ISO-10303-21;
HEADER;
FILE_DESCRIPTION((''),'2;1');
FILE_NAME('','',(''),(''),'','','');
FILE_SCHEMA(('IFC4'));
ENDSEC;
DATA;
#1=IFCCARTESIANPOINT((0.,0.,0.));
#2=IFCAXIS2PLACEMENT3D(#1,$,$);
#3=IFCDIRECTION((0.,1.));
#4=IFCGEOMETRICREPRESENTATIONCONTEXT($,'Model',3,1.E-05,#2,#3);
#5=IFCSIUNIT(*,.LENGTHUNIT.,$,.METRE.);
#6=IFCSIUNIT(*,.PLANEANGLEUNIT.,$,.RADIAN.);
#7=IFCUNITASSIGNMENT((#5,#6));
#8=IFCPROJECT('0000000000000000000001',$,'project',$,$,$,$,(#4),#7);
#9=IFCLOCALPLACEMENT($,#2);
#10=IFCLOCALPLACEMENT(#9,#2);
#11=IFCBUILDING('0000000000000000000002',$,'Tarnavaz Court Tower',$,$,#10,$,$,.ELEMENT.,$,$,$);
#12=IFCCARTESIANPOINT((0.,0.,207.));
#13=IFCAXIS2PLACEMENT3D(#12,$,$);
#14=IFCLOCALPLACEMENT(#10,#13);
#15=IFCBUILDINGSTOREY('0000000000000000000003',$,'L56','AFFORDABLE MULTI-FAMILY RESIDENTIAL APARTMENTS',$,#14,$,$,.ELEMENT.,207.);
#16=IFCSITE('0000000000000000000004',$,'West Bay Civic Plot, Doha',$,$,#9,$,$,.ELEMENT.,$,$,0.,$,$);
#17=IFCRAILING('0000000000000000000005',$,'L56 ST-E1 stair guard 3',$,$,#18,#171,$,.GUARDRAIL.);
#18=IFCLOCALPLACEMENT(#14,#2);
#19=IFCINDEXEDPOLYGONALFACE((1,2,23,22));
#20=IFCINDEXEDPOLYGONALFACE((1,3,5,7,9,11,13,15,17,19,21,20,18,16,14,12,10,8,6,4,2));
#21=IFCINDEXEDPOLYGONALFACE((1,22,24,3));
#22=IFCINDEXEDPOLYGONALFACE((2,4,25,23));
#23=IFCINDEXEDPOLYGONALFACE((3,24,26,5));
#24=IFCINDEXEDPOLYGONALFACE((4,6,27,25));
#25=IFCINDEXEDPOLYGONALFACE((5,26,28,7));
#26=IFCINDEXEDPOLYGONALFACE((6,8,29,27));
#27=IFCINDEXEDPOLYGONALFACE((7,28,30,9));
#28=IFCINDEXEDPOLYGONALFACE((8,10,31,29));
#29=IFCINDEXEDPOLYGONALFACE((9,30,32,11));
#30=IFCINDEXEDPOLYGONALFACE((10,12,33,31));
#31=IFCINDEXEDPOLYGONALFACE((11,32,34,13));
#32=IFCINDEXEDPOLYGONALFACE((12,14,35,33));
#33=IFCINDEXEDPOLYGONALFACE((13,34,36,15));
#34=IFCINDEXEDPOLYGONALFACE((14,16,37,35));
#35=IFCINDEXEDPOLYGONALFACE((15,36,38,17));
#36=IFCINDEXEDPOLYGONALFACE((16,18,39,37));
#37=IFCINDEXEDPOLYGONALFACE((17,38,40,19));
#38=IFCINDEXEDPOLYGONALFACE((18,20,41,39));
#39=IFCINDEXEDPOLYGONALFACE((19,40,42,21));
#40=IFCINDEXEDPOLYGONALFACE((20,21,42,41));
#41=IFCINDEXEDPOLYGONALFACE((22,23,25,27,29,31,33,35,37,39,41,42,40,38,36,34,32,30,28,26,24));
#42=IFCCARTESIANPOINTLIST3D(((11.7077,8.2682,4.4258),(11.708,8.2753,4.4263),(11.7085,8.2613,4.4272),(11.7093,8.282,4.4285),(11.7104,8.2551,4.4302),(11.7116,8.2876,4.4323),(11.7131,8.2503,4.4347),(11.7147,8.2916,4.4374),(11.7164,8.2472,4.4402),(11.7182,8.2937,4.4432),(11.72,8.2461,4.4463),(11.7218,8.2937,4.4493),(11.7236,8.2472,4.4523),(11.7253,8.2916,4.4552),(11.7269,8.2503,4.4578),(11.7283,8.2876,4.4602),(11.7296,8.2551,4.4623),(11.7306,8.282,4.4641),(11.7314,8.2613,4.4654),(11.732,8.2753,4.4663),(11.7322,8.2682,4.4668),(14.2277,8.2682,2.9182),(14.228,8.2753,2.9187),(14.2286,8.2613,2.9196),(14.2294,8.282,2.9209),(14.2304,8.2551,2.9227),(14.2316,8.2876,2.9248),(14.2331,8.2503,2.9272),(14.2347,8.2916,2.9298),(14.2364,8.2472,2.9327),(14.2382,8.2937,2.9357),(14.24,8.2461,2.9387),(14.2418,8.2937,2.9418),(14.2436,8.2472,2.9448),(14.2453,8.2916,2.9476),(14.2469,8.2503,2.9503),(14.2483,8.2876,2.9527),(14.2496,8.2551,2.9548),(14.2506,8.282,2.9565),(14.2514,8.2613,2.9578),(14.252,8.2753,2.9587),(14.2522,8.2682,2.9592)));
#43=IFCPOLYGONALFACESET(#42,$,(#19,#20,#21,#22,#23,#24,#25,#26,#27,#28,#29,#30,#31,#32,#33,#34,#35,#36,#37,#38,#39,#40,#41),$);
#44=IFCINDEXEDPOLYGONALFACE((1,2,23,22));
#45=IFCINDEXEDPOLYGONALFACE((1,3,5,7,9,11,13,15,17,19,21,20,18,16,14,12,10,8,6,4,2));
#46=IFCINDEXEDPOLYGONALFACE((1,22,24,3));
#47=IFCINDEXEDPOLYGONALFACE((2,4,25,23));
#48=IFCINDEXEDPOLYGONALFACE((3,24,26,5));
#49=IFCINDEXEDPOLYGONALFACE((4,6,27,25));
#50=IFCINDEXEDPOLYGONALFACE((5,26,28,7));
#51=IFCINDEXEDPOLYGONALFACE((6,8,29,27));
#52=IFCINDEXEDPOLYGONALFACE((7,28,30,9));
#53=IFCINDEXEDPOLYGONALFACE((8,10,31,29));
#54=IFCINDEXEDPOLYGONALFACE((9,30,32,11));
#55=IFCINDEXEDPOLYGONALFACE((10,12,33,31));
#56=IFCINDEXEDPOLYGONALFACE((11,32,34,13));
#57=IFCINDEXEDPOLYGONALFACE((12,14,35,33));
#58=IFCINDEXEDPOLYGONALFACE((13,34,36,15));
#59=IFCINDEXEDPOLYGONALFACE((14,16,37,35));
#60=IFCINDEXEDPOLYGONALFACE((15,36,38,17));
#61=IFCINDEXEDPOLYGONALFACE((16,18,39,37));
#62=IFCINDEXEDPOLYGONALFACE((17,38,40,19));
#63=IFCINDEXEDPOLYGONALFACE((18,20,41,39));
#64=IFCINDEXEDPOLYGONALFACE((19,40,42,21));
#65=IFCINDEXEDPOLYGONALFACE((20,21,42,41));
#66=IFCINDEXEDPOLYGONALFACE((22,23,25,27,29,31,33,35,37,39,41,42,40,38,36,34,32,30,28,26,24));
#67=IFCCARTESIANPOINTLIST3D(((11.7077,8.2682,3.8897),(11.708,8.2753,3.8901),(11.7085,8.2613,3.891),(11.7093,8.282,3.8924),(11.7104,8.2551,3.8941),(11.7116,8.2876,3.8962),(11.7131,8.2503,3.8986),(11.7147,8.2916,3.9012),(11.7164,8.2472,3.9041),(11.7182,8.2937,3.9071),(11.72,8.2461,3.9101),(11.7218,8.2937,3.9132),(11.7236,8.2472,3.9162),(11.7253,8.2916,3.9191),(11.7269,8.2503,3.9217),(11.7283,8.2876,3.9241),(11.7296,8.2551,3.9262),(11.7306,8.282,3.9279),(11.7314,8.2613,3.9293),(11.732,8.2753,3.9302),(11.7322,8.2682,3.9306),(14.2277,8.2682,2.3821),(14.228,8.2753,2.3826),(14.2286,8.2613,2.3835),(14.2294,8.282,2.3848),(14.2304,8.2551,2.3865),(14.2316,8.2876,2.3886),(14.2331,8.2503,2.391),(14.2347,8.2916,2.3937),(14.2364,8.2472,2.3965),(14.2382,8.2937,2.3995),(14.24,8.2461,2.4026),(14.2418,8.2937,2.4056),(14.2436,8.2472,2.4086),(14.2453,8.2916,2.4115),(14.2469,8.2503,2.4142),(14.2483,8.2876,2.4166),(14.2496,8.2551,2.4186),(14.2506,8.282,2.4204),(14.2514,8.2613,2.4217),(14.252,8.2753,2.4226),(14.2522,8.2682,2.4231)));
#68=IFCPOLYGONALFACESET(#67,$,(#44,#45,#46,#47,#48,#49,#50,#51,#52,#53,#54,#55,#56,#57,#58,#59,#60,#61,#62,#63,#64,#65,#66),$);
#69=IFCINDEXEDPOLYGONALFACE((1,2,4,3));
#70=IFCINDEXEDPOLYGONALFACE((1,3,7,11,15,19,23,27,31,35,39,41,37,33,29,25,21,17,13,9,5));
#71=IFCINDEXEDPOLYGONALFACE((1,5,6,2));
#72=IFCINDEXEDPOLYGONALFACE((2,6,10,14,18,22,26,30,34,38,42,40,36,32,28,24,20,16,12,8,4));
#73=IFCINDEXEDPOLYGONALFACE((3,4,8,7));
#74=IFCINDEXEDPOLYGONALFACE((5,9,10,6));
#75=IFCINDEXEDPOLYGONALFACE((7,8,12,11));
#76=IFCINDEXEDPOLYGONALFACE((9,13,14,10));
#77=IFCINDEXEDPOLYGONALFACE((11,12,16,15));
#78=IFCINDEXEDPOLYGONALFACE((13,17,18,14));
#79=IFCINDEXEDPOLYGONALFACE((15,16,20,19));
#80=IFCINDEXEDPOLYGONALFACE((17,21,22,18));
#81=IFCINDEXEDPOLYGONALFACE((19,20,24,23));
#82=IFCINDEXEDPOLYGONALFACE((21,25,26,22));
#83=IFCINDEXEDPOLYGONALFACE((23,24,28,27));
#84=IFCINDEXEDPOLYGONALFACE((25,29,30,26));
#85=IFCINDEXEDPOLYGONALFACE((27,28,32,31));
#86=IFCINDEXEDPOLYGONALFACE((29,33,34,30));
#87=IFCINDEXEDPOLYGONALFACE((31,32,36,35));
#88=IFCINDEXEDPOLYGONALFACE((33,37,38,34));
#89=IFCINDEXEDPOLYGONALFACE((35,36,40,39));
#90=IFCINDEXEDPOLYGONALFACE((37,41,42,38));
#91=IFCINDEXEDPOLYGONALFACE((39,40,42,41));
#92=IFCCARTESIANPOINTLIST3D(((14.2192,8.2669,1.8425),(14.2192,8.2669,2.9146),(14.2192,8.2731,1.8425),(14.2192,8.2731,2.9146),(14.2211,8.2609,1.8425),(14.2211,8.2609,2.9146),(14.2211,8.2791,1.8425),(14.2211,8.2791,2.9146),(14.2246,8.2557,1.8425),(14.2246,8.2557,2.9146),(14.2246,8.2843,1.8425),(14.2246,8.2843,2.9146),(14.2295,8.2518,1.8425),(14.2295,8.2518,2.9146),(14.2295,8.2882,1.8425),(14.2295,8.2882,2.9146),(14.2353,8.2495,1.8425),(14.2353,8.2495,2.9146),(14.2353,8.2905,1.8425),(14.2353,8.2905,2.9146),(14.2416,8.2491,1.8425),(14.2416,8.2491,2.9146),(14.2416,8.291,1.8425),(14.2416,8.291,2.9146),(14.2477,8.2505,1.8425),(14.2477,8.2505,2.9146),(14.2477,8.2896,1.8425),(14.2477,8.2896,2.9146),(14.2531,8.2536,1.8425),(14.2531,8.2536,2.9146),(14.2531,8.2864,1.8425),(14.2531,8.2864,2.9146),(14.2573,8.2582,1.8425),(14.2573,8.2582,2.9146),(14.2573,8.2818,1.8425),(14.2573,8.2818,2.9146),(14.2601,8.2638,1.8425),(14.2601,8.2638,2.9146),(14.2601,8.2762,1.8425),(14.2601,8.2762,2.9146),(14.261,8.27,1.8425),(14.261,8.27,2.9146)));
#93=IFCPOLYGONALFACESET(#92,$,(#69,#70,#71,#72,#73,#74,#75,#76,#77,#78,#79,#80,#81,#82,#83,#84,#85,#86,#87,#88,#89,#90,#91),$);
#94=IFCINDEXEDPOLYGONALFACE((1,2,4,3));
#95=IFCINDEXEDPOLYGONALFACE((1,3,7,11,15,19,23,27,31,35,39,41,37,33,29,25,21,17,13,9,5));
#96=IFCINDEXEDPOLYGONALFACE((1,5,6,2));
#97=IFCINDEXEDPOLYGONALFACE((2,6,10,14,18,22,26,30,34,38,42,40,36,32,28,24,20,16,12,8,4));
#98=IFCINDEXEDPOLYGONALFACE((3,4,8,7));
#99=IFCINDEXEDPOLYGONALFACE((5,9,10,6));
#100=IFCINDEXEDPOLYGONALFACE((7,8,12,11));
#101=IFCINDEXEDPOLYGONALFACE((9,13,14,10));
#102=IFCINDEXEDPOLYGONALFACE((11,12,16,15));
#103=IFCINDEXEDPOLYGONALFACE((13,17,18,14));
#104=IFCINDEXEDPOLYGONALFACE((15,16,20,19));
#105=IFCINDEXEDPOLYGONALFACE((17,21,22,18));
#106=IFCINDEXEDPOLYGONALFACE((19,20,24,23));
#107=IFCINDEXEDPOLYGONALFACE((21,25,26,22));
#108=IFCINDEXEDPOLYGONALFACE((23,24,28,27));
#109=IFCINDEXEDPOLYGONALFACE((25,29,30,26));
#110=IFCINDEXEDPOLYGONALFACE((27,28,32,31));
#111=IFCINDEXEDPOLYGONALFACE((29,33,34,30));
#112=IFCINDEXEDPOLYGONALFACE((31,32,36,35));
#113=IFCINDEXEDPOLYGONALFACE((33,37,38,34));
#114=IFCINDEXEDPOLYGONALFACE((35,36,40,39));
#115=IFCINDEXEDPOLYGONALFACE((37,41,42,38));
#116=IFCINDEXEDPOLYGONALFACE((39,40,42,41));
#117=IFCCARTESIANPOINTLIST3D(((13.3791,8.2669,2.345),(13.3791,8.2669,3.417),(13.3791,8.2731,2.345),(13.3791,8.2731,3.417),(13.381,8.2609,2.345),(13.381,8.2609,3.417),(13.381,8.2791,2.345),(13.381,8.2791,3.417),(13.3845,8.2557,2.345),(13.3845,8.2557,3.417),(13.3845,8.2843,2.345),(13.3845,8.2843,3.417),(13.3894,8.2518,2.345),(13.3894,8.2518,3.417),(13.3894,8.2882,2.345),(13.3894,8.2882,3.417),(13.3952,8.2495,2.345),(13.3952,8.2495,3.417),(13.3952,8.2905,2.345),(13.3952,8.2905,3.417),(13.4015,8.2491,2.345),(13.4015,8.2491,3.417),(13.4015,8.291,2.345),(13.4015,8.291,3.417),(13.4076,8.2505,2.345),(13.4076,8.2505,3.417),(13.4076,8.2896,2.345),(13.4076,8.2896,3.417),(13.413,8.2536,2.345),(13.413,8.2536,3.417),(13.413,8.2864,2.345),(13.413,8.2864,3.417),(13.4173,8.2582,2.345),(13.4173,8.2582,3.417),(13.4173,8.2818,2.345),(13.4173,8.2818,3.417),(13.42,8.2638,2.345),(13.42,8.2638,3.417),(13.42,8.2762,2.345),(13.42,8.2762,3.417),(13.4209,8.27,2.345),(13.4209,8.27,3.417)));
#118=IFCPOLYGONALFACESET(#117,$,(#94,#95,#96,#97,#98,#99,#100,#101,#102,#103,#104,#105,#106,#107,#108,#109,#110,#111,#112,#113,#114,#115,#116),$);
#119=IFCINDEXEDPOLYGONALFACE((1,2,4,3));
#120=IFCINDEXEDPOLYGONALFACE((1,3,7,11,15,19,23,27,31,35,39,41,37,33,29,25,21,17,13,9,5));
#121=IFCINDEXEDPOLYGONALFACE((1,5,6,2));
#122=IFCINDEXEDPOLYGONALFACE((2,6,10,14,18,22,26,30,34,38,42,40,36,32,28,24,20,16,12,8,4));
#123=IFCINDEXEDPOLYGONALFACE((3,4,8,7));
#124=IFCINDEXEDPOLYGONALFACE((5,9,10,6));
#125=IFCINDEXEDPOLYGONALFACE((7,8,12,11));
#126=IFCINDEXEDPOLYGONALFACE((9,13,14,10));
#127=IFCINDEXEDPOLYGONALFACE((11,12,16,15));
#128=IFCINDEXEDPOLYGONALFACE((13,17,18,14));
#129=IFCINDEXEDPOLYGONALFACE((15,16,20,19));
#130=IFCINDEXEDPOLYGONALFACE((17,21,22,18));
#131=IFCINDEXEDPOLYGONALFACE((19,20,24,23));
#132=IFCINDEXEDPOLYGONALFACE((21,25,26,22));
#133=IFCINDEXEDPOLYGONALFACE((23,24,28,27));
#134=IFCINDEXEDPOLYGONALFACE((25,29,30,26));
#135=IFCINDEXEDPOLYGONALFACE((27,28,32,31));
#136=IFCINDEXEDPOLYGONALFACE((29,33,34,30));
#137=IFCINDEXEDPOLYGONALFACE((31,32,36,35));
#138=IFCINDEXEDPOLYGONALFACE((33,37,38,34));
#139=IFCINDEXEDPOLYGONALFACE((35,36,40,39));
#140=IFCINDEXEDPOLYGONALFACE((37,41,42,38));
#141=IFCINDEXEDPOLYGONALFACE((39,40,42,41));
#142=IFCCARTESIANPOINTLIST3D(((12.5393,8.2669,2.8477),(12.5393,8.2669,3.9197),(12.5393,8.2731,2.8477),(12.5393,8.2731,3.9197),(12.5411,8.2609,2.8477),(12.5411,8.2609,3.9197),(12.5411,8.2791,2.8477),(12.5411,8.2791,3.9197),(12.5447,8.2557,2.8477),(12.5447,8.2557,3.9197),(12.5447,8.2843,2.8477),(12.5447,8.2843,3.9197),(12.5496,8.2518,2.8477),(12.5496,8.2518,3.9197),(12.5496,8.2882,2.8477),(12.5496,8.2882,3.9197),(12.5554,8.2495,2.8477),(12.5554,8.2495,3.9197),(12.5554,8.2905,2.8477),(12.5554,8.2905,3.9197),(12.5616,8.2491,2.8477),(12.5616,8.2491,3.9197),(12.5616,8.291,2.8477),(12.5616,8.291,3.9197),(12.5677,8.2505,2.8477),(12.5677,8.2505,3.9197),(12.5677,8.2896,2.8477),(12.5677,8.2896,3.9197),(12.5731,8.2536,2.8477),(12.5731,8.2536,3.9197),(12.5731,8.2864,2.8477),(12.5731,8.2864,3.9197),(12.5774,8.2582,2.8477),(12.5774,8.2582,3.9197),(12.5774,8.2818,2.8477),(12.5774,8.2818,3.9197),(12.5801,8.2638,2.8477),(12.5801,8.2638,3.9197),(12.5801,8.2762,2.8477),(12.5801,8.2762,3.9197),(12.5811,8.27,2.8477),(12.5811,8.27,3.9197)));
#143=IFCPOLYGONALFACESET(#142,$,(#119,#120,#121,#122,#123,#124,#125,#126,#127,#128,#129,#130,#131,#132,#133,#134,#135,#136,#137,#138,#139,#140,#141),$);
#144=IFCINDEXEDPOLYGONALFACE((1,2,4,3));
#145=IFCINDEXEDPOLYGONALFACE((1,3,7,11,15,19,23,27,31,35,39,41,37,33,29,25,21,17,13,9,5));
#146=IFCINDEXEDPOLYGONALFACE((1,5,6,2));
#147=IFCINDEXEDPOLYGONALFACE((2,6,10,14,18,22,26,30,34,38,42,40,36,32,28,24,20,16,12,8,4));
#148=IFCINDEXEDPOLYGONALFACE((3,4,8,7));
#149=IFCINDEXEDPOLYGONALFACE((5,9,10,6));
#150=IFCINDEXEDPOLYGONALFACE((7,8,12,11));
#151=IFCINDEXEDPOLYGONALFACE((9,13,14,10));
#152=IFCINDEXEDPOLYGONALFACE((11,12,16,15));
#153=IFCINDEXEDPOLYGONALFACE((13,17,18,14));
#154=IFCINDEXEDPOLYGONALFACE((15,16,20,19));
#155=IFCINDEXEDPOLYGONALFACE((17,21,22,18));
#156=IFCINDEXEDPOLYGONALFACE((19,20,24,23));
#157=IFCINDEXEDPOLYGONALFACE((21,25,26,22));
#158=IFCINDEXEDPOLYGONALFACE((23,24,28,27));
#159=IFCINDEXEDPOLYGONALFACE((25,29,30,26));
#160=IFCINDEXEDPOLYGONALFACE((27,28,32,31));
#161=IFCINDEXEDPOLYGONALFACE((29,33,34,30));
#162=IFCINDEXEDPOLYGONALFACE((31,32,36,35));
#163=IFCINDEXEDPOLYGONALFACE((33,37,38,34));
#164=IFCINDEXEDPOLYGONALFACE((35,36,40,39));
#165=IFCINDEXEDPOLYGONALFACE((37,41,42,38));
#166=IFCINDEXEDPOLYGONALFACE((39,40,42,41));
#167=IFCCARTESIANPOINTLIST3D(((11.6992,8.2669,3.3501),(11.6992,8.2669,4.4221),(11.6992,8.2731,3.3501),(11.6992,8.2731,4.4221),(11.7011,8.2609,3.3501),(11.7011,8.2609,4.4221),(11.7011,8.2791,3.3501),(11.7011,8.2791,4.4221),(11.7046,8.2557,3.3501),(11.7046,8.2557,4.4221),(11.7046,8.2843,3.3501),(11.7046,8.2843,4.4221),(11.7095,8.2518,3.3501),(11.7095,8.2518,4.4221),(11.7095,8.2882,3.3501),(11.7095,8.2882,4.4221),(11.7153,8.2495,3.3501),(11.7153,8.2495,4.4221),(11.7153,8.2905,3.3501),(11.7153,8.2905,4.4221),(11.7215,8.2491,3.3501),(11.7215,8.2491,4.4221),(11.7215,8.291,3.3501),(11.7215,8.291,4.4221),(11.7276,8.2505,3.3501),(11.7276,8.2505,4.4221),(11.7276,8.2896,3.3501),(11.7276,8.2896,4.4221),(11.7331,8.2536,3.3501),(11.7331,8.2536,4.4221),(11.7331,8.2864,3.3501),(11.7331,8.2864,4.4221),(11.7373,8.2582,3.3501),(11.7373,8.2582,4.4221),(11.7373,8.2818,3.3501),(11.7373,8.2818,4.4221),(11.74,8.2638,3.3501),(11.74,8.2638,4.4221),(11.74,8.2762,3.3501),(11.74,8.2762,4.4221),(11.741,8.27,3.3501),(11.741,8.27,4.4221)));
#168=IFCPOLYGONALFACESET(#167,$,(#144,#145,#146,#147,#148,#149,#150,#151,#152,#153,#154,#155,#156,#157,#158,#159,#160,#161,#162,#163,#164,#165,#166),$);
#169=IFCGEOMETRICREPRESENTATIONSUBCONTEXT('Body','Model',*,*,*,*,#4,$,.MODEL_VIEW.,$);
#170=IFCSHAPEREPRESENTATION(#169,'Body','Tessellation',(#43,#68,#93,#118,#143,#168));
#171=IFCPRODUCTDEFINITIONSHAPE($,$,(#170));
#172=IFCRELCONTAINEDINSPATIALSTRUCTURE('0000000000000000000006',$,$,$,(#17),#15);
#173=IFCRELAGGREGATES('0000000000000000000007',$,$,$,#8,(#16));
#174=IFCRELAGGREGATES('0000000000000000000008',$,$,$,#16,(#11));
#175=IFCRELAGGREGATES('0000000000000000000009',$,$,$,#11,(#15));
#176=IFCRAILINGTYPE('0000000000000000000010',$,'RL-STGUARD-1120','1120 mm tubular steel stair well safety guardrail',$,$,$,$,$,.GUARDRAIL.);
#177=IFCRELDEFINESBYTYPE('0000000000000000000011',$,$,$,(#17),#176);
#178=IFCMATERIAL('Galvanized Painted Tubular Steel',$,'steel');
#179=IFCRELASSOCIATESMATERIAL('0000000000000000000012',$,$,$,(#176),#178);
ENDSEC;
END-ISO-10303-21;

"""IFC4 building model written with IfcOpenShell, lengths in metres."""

from ifc_helpers import new_model, si_unit, direction, frame, origin, origin_2d, place, context, subcontext, project, spatial, circle, extrude, material, type_object, element, save


model = new_model("IFC4")

# Units and contexts
model_context = context("Model", 3, precision=1e-05, world=origin(), true_north=direction((0.0, 1.0)))
body_context = subcontext(model_context, "Body", "Model", "MODEL_VIEW")
ifc_project = project(units=[si_unit("LENGTHUNIT", "METRE"), si_unit("PLANEANGLEUNIT", "RADIAN")], contexts=[model_context])

# Site, building, storey
site_placement = place(None, origin())
site = spatial("IfcSite", under=ifc_project, at=site_placement, Name="West Bay Civic Plot, Doha", CompositionType="ELEMENT", RefElevation=0.0)
building_placement = place(site_placement, origin())
building = spatial("IfcBuilding", under=site, at=building_placement, Name="Tarnavaz Court Tower", CompositionType="ELEMENT")
storey_placement = place(building_placement, frame((0.0, 0.0, 207.0)))
storey = spatial("IfcBuildingStorey", under=building, at=storey_placement, Name="L56", Description="AFFORDABLE MULTI-FAMILY RESIDENTIAL APARTMENTS", CompositionType="ELEMENT", Elevation=207.0)

# Railing
ifc_material_1 = material(Name="Galvanized Painted Tubular Steel", Category="steel")
railing_type_1 = type_object("IfcRailingType", Name="RL-STGUARD-1120", Description="1120 mm tubular steel stair well safety guardrail", PredefinedType="GUARDRAIL", material=ifc_material_1)
railing_1_placement = place(storey_placement, frame((14.24, 8.27, 1.8425)))
element("IfcRailing", 1, at=railing_1_placement, inside=storey, type_object=railing_type_1, Name="L56 ST-E1 stair guard 3", PredefinedType="GUARDRAIL", context=body_context, shape_type="SweptSolid", body=[
    extrude(circle(Radius=0.0239, at=origin_2d()), frame((0.0, 0.0, 1.0962), z_axis=(-0.85816, 0.0, 0.513383), x_axis=(0.0, -1.0, 0.0)), (0.0, 0.0, 1.0), 2.9365),
    extrude(circle(Radius=0.0239, at=origin_2d()), frame((0.0, 0.0, 0.5601), z_axis=(-0.85816, 0.0, 0.513383), x_axis=(0.0, -1.0, 0.0)), (0.0, 0.0, 1.0), 2.9365),
    extrude(circle(Radius=0.021, at=origin_2d()), origin(), (0.0, 0.0, 1.0), 1.072),
    extrude(circle(Radius=0.021, at=origin_2d()), frame((-0.8401, 0.0, 0.5024)), (0.0, 0.0, 1.0), 1.072),
    extrude(circle(Radius=0.021, at=origin_2d()), frame((-1.6799, 0.0, 1.0051)), (0.0, 0.0, 1.0), 1.072),
    extrude(circle(Radius=0.021, at=origin_2d()), frame((-2.52, 0.0, 1.5076)), (0.0, 0.0, 1.0), 1.072),
])

save(model, "model.ifc")
